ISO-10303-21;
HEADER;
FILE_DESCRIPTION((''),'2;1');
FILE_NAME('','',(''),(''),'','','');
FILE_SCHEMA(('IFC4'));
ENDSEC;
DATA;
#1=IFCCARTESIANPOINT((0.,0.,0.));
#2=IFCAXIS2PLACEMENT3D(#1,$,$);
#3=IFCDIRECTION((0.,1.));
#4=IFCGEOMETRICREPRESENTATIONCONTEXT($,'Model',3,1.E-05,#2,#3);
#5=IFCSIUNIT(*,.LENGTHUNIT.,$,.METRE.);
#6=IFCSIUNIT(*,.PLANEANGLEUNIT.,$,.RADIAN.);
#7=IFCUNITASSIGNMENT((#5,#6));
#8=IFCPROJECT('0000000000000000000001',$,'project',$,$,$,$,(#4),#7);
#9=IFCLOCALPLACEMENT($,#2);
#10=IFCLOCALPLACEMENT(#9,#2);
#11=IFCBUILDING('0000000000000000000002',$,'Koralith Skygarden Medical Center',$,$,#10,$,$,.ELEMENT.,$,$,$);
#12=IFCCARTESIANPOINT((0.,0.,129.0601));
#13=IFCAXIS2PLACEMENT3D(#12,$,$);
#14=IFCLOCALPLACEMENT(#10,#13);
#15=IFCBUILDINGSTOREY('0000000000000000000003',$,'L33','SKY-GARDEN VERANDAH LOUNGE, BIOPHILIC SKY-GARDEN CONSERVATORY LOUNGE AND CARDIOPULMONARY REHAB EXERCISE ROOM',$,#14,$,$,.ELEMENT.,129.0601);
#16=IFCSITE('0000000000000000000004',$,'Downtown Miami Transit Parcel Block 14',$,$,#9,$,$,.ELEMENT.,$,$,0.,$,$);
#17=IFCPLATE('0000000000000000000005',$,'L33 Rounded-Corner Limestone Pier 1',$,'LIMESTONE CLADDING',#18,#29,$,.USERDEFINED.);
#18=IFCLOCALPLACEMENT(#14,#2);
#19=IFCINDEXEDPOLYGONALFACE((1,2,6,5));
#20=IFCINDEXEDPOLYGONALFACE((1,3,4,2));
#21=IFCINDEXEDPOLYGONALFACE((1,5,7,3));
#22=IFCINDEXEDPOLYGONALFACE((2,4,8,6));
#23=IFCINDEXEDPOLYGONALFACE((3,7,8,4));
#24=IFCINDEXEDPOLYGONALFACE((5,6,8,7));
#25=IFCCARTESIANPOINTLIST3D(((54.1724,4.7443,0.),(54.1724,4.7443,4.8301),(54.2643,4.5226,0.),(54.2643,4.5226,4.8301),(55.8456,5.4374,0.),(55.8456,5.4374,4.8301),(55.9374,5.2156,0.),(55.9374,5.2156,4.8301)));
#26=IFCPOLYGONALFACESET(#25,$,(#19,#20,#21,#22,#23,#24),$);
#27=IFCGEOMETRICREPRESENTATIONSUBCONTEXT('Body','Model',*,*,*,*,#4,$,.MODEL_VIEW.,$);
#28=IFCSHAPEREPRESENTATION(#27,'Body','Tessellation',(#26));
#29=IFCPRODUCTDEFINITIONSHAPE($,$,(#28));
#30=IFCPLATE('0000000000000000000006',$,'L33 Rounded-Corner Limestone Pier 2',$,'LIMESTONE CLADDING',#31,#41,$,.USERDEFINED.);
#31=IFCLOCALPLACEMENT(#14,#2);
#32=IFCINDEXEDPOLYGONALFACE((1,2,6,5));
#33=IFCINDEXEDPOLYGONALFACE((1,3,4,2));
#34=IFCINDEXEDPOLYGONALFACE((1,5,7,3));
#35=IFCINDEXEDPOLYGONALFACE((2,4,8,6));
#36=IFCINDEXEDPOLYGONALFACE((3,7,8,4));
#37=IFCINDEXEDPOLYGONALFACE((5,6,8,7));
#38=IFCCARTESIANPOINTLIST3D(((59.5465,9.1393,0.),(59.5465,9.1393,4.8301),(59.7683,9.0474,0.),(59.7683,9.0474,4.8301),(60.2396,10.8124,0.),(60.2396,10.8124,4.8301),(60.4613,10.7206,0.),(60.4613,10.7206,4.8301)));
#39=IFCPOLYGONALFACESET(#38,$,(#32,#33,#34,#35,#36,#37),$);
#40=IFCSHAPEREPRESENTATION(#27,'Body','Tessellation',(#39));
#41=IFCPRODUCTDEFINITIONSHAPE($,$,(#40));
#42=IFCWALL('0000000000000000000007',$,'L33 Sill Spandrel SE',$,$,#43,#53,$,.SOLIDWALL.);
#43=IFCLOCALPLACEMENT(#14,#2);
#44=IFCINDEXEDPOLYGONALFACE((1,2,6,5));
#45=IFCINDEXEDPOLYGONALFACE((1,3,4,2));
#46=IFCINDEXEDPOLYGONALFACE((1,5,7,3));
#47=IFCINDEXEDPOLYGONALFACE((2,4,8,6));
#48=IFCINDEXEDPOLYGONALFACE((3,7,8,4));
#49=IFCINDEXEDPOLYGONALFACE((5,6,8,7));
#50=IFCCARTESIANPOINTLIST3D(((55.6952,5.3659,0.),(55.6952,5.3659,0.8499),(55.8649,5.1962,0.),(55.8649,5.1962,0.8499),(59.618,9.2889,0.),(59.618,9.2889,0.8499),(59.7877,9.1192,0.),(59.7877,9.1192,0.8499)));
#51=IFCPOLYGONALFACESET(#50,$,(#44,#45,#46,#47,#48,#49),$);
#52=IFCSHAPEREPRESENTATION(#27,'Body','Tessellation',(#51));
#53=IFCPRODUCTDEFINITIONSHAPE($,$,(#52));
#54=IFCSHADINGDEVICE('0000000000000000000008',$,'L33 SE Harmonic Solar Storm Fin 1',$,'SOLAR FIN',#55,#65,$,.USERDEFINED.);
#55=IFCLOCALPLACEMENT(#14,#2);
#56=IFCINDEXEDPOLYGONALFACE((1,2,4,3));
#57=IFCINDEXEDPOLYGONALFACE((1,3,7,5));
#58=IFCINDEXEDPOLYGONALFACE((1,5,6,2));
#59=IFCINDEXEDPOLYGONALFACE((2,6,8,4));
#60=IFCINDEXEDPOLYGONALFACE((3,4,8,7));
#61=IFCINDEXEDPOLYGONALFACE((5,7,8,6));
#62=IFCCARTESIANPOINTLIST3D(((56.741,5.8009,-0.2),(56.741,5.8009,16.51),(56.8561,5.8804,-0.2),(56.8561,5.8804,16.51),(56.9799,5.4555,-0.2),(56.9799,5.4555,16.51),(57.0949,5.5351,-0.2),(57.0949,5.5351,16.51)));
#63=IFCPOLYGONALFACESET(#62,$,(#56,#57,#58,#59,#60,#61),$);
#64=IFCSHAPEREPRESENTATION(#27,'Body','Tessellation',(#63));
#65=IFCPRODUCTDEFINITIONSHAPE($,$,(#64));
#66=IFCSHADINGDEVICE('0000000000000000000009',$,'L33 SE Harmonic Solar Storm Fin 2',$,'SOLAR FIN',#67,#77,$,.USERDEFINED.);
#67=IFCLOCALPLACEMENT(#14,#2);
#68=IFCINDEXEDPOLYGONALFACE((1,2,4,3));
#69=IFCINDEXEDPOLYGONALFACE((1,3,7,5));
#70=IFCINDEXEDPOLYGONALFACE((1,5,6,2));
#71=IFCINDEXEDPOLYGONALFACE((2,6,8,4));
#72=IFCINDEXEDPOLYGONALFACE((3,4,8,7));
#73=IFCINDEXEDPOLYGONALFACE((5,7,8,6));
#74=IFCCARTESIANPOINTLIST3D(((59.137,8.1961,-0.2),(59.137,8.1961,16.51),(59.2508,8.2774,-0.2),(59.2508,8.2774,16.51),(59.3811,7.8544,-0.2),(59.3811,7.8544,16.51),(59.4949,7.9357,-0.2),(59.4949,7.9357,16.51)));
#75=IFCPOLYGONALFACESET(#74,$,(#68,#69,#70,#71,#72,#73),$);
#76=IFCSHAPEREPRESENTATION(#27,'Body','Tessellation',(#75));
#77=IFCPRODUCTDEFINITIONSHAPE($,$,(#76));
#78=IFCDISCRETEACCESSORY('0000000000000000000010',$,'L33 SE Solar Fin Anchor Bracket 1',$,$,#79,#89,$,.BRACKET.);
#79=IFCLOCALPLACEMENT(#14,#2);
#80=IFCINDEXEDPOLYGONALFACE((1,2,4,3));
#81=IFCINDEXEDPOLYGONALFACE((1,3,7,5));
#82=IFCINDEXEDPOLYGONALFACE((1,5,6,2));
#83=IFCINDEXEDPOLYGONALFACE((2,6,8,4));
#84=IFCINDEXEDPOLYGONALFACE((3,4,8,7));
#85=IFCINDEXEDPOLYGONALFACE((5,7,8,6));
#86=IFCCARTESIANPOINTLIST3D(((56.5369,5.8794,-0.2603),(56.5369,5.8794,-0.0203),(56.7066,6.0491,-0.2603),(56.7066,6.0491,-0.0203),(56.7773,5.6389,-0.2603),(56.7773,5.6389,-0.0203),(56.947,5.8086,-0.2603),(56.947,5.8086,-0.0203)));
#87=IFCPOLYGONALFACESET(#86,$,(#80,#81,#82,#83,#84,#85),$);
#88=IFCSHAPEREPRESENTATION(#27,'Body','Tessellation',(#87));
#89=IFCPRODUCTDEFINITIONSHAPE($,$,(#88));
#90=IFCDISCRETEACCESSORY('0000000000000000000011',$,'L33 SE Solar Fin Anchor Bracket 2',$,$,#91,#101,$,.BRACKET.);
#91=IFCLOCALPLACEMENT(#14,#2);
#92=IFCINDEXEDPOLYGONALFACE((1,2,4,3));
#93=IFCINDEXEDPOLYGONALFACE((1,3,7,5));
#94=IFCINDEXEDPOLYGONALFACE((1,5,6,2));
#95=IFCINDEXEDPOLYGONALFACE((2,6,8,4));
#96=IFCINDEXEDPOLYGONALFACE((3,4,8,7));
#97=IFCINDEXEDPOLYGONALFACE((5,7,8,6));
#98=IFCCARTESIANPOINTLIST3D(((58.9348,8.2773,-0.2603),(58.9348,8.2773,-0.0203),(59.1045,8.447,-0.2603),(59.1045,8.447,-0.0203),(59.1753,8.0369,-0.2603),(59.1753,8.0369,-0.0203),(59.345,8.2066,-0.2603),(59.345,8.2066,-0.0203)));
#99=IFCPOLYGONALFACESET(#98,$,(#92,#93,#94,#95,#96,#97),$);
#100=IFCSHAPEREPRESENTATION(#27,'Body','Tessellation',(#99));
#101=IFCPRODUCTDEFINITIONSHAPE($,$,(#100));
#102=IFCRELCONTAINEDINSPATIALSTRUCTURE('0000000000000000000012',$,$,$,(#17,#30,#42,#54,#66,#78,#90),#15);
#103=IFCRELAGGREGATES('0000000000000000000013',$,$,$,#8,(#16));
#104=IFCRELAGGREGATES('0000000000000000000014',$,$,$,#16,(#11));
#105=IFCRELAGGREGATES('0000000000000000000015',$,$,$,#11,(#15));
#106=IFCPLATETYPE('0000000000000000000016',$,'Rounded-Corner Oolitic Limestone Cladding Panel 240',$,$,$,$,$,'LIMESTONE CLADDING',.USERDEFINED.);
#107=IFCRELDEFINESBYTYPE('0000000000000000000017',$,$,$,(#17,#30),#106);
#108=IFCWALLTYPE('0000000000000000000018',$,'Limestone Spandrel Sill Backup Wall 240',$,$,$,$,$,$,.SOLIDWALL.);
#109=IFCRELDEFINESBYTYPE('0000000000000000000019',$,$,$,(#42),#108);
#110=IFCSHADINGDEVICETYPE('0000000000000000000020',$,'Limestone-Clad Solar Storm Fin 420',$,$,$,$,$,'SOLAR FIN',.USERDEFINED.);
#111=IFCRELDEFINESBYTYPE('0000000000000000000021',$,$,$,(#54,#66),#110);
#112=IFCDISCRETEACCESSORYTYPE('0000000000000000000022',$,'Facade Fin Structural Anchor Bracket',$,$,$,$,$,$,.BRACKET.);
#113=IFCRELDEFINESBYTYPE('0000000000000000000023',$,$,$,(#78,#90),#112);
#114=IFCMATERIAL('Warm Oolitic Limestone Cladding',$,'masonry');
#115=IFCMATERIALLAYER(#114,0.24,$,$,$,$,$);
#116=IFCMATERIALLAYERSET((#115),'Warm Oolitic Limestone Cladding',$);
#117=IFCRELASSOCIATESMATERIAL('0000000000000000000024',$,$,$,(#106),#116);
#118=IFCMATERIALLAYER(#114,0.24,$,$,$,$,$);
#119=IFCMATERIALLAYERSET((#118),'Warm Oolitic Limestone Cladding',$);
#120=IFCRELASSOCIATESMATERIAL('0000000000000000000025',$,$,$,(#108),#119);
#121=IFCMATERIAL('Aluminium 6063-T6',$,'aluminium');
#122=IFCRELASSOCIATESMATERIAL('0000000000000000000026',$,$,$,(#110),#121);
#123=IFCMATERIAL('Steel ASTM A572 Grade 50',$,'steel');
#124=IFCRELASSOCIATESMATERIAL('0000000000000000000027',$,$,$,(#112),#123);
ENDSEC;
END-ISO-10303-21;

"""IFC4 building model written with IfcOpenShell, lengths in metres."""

from ifc_helpers import new_model, si_unit, direction, frame, frame_2d, origin, origin_2d, place, context, subcontext, project, spatial, rectangle, extrude, material, layer, layer_set, type_object, element, save


model = new_model("IFC4")

# Units and contexts
model_context = context("Model", 3, precision=1e-05, world=origin(), true_north=direction((0.0, 1.0)))
body_context = subcontext(model_context, "Body", "Model", "MODEL_VIEW")
ifc_project = project(units=[si_unit("LENGTHUNIT", "METRE"), si_unit("PLANEANGLEUNIT", "RADIAN")], contexts=[model_context])

# Site, building, storey
site_placement = place(None, origin())
site = spatial("IfcSite", under=ifc_project, at=site_placement, Name="Downtown Miami Transit Parcel Block 14", CompositionType="ELEMENT", RefElevation=0.0)
building_placement = place(site_placement, origin())
building = spatial("IfcBuilding", under=site, at=building_placement, Name="Koralith Skygarden Medical Center", CompositionType="ELEMENT")
storey_placement = place(building_placement, frame((0.0, 0.0, 129.0601)))
storey = spatial("IfcBuildingStorey", under=building, at=storey_placement, Name="L33", Description="SKY-GARDEN VERANDAH LOUNGE, BIOPHILIC SKY-GARDEN CONSERVATORY LOUNGE AND CARDIOPULMONARY REHAB EXERCISE ROOM", CompositionType="ELEMENT", Elevation=129.0601)

# Shared definitions
ifc_material_1 = material(Name="Aluminium 6063-T6", Category="aluminium")

# Plates
ifc_material_2 = material(Name="Warm Oolitic Limestone Cladding", Category="masonry")
ifc_layer_1 = layer(ifc_material_2, 0.24)
ifc_layer_set_1 = layer_set([ifc_layer_1], Name="Warm Oolitic Limestone Cladding")
plate_type_1 = type_object("IfcPlateType", Name="Rounded-Corner Oolitic Limestone Cladding Panel 240", ElementType="LIMESTONE CLADDING", PredefinedType="USERDEFINED", material=ifc_layer_set_1)
for number, where, z_axis, x_axis, name in (
    (1, (55.0549, 4.98, 0.0), (0.0, 0.0, 1.0), (0.923885, 0.382671, 0.0), "L33 Rounded-Corner Limestone Pier 1"),
    (2, (60.0039, 9.9299, 0.0), (0.0, 0.0, 1.0), (0.382671, 0.923885, 0.0), "L33 Rounded-Corner Limestone Pier 2"),
):
    element("IfcPlate", number, at=place(storey_placement, frame(where, z_axis=z_axis, x_axis=x_axis)), inside=storey, type_object=plate_type_1, Name=name, ObjectType="LIMESTONE CLADDING", PredefinedType="USERDEFINED", context=body_context, shape_type="SweptSolid", body=[
        extrude(rectangle(XDim=1.811, YDim=0.24, at=origin_2d()), origin(), (0.0, 0.0, 1.0), 4.8301),
    ])

# Wall
ifc_layer_2 = layer(ifc_material_2, 0.24)
ifc_layer_set_2 = layer_set([ifc_layer_2], Name="Warm Oolitic Limestone Cladding")
wall_type = type_object("IfcWallType", Name="Limestone Spandrel Sill Backup Wall 240", PredefinedType="SOLIDWALL", material=ifc_layer_set_2)
wall_placement = place(storey_placement, frame((55.78, 5.281, 0.0), z_axis=(0.0, 0.0, 1.0), x_axis=(0.707085, 0.707129, 0.0)))
element("IfcWall", 3, at=wall_placement, inside=storey, type_object=wall_type, Name="L33 Sill Spandrel SE", PredefinedType="SOLIDWALL", context=body_context, shape_type="SweptSolid", body=[
    extrude(rectangle(XDim=5.5479, YDim=0.24, at=frame_2d((2.7739, 0.0))), origin(), (0.0, 0.0, 1.0), 0.8499),
])

# Shading devices
shading_device_type = type_object("IfcShadingDeviceType", Name="Limestone-Clad Solar Storm Fin 420", ElementType="SOLAR FIN", PredefinedType="USERDEFINED", material=ifc_material_1)
for number, where, z_axis, x_axis, name in (
    (4, (56.918, 5.668, -0.2), (0.0, 0.0, 1.0), (0.568863, -0.822432, 0.0), "L33 SE Harmonic Solar Storm Fin 1"),
    (5, (59.3159, 8.0659, -0.2), (0.0, 0.0, 1.0), (0.5813, -0.81369, 0.0), "L33 SE Harmonic Solar Storm Fin 2"),
):
    element("IfcShadingDevice", number, at=place(storey_placement, frame(where, z_axis=z_axis, x_axis=x_axis)), inside=storey, type_object=shading_device_type, Name=name, ObjectType="SOLAR FIN", PredefinedType="USERDEFINED", context=body_context, shape_type="SweptSolid", body=[
        extrude(rectangle(XDim=0.4199, YDim=0.1399, at=origin_2d()), origin(), (0.0, 0.0, 1.0), 16.71),
    ])

# Discrete accessories
ifc_material_3 = material(Name="Steel ASTM A572 Grade 50", Category="steel")
discrete_accessory_type = type_object("IfcDiscreteAccessoryType", Name="Facade Fin Structural Anchor Bracket", PredefinedType="BRACKET", material=ifc_material_3)
for number, where, z_axis, x_axis, name in (
    (6, (56.7419, 5.844, -0.2603), (0.0, 0.0, 1.0), (0.707107, -0.707107, 0.0), "L33 SE Solar Fin Anchor Bracket 1"),
    (7, (59.1399, 8.2419, -0.2603), (0.0, 0.0, 1.0), (0.707107, -0.707107, 0.0), "L33 SE Solar Fin Anchor Bracket 2"),
):
    element("IfcDiscreteAccessory", number, at=place(storey_placement, frame(where, z_axis=z_axis, x_axis=x_axis)), inside=storey, type_object=discrete_accessory_type, Name=name, PredefinedType="BRACKET", context=body_context, shape_type="SweptSolid", body=[
        extrude(rectangle(XDim=0.3401, YDim=0.24, at=origin_2d()), origin(), (0.0, 0.0, 1.0), 0.24),
    ])

save(model, "model.ifc")
